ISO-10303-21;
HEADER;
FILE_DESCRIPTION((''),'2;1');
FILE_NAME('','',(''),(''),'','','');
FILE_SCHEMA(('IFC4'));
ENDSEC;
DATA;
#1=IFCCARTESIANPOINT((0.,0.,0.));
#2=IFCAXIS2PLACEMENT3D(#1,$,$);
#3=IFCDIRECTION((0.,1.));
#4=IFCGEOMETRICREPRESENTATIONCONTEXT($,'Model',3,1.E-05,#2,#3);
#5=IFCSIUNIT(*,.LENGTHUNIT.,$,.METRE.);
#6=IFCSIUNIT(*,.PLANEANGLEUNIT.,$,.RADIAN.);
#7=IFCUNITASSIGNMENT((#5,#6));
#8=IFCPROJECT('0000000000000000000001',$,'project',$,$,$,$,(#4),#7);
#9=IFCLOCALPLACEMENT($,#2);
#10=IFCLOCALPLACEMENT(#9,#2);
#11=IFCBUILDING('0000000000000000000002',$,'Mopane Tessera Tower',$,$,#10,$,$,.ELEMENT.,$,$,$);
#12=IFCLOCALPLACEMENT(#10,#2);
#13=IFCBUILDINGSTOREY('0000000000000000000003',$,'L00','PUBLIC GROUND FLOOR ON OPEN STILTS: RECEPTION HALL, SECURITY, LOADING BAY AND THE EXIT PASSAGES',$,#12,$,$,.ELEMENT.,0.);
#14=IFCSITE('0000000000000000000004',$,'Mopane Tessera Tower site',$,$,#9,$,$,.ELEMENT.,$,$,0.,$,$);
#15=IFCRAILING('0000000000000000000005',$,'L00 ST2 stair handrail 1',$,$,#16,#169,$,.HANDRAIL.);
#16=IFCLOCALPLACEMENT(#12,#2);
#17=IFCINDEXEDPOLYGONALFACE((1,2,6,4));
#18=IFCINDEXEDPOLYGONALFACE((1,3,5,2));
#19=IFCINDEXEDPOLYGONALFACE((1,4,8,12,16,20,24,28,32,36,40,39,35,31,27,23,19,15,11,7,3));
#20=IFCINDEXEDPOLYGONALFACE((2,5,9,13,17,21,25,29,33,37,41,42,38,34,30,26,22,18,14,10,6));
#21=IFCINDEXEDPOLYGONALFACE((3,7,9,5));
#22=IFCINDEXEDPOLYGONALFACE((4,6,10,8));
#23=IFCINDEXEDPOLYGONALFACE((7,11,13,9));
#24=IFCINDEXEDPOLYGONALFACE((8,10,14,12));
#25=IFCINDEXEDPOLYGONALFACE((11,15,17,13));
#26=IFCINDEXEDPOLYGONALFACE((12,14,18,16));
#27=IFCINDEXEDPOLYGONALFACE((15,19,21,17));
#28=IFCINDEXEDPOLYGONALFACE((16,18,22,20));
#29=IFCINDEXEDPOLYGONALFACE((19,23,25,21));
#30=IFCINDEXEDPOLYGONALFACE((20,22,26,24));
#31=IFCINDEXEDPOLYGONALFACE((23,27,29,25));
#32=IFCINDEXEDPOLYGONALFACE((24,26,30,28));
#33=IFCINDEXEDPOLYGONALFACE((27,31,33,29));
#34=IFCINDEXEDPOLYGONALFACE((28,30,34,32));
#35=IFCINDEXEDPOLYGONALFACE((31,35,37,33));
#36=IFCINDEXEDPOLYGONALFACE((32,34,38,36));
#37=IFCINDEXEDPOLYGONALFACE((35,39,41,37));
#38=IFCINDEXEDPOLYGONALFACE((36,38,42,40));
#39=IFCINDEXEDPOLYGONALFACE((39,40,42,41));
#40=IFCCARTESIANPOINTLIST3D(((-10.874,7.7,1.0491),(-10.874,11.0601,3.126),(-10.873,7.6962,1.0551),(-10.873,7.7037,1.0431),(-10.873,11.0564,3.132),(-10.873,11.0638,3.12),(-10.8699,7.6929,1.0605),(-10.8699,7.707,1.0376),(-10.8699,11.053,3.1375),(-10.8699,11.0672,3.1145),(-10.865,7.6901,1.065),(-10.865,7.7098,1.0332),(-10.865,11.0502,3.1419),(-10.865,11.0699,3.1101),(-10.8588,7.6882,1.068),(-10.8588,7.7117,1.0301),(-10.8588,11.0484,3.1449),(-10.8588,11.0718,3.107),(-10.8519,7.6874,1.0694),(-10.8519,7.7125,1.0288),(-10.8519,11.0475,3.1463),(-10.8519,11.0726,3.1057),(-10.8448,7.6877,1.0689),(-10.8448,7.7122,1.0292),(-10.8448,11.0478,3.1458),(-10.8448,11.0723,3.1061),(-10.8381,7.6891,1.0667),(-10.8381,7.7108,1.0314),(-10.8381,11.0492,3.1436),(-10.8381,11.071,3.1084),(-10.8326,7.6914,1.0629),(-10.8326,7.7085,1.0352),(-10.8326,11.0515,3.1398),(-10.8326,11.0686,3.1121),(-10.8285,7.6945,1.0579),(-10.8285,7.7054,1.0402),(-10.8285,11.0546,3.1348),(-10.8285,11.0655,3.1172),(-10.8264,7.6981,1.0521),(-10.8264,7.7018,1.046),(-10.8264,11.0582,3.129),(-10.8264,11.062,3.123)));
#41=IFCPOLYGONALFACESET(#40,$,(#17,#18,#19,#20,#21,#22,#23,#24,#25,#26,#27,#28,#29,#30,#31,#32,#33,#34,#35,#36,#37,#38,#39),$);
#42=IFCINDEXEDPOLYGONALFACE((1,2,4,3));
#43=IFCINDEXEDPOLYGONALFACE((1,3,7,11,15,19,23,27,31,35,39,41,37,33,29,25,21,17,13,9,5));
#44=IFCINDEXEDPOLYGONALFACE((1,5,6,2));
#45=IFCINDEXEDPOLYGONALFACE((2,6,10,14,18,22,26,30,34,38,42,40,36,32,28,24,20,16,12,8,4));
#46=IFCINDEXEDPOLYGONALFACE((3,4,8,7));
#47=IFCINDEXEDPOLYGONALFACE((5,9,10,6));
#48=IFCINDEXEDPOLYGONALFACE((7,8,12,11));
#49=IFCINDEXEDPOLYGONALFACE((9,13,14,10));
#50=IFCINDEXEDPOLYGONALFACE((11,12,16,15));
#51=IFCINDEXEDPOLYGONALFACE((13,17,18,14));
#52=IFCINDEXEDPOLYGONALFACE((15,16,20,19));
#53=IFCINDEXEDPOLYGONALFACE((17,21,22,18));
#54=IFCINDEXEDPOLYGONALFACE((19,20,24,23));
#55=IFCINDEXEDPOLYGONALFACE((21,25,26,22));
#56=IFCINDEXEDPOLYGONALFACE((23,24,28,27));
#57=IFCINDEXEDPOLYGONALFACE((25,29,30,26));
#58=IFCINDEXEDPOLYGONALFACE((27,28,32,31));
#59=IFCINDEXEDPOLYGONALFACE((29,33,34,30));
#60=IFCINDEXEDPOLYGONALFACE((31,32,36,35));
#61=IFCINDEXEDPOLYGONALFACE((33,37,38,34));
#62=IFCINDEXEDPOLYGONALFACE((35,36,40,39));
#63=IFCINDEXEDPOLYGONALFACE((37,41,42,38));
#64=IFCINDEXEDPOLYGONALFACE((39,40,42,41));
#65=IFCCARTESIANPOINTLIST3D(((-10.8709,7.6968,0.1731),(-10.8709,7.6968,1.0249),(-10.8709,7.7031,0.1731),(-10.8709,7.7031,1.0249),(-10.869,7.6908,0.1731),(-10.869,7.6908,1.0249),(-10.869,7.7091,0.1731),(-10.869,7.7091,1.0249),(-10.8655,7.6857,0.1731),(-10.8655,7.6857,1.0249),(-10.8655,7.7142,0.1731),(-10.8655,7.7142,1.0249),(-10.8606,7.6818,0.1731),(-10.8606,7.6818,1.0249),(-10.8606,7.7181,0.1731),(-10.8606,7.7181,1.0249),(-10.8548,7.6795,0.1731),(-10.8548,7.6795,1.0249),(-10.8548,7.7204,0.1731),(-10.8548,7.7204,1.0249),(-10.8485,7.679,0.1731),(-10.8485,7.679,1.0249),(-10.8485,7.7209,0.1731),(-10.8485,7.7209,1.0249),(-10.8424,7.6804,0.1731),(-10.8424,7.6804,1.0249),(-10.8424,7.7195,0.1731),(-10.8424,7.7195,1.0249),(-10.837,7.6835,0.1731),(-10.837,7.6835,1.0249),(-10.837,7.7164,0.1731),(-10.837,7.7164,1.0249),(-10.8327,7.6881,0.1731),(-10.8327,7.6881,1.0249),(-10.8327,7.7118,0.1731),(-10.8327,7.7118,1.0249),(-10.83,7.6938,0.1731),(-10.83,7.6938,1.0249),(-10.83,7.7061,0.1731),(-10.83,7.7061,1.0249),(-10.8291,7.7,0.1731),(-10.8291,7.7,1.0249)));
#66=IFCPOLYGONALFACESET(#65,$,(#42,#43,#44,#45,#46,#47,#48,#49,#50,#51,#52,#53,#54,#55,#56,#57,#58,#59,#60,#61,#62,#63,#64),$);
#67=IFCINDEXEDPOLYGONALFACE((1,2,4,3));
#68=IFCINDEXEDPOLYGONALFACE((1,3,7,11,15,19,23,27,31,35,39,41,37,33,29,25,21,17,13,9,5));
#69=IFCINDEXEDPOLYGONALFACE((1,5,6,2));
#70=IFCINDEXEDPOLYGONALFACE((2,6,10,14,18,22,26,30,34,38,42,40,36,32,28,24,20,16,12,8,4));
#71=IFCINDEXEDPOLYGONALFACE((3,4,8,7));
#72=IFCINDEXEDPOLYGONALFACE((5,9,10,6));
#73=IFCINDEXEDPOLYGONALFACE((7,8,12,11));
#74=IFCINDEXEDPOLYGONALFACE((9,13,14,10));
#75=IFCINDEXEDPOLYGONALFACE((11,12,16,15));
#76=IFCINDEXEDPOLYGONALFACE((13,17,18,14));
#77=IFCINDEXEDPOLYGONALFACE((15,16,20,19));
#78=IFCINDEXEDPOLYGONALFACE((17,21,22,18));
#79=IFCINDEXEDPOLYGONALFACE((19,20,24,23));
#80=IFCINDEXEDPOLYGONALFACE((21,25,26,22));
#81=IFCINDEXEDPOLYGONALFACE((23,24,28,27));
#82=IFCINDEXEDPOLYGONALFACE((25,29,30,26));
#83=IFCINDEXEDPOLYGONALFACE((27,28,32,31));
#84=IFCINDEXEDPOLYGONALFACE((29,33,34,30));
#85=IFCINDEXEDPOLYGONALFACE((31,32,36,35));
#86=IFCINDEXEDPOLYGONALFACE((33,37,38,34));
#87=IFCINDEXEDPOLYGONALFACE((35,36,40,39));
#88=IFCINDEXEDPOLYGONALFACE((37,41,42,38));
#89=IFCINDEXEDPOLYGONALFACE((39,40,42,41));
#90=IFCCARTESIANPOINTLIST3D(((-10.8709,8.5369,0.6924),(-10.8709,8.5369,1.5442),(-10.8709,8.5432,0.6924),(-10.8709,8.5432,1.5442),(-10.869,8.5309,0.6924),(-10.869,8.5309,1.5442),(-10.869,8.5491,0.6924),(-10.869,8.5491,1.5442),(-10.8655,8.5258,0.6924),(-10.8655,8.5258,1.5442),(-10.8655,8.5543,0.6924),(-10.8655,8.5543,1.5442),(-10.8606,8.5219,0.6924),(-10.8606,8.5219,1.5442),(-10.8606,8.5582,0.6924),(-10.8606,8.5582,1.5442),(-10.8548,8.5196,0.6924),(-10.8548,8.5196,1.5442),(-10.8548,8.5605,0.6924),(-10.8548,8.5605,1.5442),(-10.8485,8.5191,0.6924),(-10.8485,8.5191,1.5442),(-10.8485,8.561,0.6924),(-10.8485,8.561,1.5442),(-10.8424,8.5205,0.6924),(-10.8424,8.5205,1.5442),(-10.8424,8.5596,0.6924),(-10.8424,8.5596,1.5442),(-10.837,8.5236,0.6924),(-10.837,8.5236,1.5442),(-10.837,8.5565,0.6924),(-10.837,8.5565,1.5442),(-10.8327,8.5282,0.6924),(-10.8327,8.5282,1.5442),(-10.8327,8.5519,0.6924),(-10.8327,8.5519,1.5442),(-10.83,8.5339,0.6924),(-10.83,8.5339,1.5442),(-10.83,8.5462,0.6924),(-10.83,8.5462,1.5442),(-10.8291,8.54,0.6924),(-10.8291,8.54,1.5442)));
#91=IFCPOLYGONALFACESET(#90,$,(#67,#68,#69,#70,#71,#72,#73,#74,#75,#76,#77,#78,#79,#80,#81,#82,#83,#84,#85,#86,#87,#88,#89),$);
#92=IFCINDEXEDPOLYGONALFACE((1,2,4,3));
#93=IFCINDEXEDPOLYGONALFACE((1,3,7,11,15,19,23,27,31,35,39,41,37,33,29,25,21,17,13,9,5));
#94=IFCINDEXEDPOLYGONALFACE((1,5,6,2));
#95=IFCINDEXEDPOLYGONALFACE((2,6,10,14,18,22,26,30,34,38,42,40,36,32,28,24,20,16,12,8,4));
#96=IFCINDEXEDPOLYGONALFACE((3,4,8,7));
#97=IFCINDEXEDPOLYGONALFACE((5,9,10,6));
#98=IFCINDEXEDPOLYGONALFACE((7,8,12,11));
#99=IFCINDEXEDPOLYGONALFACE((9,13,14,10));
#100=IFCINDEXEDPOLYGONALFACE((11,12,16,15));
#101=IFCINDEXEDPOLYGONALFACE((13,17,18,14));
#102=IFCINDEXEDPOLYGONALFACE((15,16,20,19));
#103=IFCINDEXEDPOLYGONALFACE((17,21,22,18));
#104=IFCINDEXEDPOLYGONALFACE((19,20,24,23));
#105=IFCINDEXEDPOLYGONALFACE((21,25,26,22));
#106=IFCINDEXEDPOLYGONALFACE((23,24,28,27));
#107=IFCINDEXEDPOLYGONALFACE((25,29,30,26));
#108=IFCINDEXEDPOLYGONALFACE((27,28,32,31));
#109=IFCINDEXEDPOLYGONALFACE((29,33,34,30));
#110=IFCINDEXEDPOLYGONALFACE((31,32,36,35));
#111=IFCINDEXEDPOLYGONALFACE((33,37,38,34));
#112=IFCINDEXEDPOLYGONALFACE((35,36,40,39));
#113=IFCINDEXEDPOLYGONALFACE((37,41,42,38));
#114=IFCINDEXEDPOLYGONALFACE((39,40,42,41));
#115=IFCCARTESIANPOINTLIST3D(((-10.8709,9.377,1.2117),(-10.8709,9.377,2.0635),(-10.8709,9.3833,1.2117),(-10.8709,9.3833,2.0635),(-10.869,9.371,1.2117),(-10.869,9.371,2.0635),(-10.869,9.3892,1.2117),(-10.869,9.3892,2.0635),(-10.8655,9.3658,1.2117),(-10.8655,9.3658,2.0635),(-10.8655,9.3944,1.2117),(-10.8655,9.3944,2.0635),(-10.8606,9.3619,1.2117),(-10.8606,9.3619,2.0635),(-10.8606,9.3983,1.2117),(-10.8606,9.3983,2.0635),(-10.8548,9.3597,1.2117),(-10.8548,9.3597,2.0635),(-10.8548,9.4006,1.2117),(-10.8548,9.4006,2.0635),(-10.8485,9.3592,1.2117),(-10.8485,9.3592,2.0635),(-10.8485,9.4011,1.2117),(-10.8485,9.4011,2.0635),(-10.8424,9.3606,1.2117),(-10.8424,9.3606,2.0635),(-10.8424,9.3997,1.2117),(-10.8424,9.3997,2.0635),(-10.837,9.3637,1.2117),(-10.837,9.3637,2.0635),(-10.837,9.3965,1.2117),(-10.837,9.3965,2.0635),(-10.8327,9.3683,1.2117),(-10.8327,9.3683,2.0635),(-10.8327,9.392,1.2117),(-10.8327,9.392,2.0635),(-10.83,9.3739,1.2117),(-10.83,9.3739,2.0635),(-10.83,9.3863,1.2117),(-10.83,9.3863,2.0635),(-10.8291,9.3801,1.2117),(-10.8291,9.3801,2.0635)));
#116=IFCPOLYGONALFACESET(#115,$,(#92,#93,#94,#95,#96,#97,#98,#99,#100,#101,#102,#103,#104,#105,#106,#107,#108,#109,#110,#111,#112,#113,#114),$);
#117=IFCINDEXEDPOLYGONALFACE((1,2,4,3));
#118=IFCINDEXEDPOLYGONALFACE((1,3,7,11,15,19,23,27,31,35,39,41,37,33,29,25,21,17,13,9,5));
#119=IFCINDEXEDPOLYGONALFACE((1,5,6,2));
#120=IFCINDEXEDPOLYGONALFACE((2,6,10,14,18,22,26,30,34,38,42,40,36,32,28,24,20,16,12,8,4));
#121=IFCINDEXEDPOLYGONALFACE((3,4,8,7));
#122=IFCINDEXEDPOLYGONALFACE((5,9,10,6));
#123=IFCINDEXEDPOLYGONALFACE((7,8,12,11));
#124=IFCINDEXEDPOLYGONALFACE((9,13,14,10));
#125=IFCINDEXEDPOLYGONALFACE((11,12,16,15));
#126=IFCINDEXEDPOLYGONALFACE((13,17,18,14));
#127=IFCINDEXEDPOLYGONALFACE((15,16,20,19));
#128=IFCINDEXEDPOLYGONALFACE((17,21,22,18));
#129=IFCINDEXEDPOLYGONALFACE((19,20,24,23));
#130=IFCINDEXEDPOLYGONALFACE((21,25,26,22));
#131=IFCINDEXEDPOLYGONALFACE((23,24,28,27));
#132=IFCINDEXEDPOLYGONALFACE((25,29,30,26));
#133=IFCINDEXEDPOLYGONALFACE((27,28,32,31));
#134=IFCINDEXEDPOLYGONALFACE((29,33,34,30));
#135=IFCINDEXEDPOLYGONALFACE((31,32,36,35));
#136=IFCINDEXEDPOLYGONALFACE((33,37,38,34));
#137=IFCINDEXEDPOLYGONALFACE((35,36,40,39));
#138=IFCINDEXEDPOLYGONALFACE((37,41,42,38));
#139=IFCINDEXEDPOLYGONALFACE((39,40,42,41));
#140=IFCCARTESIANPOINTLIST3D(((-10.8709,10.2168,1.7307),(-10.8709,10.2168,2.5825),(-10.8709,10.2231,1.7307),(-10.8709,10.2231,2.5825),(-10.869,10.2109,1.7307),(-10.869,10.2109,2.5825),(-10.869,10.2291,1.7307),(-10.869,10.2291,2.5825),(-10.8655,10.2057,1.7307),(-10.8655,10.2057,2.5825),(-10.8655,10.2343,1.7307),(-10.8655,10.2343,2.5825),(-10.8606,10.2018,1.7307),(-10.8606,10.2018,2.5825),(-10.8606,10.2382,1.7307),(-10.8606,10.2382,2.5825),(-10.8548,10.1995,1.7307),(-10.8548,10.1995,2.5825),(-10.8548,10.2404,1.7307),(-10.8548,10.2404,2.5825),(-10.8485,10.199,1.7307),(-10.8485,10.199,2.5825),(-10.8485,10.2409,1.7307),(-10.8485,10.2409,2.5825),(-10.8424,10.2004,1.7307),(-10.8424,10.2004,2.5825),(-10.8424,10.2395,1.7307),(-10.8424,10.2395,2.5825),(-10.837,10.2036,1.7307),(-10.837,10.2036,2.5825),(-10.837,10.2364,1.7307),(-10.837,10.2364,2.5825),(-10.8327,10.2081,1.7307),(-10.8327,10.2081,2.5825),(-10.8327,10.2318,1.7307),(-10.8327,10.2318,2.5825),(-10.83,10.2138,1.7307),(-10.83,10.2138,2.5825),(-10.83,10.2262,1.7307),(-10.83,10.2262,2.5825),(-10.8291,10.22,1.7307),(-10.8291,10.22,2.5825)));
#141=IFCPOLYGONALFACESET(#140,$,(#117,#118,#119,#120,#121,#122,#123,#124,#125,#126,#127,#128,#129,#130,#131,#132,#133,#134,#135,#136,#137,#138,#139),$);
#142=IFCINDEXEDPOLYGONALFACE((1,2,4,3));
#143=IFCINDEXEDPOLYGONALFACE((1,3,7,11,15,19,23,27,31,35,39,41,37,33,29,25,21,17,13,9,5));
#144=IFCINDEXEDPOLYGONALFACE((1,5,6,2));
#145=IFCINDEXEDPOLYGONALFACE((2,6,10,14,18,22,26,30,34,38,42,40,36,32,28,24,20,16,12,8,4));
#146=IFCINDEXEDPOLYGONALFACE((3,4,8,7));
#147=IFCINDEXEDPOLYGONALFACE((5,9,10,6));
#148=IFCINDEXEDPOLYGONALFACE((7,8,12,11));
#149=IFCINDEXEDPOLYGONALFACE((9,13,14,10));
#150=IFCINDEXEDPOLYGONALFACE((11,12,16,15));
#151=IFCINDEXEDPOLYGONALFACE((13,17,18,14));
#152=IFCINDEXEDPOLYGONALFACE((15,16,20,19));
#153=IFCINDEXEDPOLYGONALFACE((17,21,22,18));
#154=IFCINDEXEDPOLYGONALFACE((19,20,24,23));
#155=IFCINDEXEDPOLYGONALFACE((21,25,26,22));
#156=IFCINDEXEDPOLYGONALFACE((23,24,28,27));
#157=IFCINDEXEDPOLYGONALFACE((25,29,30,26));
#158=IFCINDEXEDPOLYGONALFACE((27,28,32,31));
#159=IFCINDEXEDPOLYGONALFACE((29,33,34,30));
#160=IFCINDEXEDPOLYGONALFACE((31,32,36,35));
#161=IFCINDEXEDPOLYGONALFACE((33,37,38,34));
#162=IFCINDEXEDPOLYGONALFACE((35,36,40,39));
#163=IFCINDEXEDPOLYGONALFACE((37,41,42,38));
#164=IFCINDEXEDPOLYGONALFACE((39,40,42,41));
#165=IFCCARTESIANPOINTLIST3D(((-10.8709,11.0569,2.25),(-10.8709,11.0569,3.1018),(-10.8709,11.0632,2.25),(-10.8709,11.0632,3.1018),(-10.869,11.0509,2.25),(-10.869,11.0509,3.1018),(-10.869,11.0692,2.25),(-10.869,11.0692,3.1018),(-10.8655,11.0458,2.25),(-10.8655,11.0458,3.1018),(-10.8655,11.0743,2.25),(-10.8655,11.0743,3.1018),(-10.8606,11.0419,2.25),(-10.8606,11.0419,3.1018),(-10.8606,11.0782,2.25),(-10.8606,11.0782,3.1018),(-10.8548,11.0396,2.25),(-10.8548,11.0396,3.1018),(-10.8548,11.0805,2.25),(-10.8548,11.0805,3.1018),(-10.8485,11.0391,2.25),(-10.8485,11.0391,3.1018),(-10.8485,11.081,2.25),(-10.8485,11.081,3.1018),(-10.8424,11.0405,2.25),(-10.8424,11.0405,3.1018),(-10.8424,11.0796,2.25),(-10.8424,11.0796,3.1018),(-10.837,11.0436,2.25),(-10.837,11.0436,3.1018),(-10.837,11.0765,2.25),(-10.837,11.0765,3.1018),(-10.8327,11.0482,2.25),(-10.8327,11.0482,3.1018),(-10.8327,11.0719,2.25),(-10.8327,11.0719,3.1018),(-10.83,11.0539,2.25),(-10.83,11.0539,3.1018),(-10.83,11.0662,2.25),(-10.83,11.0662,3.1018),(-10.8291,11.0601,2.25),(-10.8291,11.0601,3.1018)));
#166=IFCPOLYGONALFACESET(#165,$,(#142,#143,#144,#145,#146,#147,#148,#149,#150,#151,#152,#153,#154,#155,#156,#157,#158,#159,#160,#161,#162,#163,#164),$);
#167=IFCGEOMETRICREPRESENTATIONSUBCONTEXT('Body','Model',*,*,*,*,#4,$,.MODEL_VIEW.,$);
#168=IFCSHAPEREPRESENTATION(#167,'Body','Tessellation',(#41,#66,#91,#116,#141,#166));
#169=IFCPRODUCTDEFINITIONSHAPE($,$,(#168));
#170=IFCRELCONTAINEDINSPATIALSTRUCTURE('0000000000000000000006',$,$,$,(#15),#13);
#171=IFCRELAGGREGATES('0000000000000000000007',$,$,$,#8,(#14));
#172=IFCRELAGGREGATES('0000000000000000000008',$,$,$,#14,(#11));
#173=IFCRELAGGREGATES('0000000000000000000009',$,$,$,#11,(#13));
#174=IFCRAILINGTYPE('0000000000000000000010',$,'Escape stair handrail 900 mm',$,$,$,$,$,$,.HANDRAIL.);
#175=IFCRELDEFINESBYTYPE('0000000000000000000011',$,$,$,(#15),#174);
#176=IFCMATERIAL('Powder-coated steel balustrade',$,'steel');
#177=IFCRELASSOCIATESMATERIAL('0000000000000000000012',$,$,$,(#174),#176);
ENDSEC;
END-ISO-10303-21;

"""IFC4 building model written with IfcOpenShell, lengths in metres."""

from ifc_helpers import new_model, si_unit, direction, frame, origin, origin_2d, place, context, subcontext, project, spatial, circle, extrude, material, type_object, element, save


model = new_model("IFC4")

# Units and contexts
model_context = context("Model", 3, precision=1e-05, world=origin(), true_north=direction((0.0, 1.0)))
body_context = subcontext(model_context, "Body", "Model", "MODEL_VIEW")
ifc_project = project(units=[si_unit("LENGTHUNIT", "METRE"), si_unit("PLANEANGLEUNIT", "RADIAN")], contexts=[model_context])

# Site, building, storey
site_placement = place(None, origin())
site = spatial("IfcSite", under=ifc_project, at=site_placement, Name="Mopane Tessera Tower site", CompositionType="ELEMENT", RefElevation=0.0)
building_placement = place(site_placement, origin())
building = spatial("IfcBuilding", under=site, at=building_placement, Name="Mopane Tessera Tower", CompositionType="ELEMENT")
storey_placement = place(building_placement, origin())
storey = spatial("IfcBuildingStorey", under=building, at=storey_placement, Name="L00", Description="PUBLIC GROUND FLOOR ON OPEN STILTS: RECEPTION HALL, SECURITY, LOADING BAY AND THE EXIT PASSAGES", CompositionType="ELEMENT", Elevation=0.0)

# Railing
ifc_material_1 = material(Name="Powder-coated steel balustrade", Category="steel")
railing_type_1 = type_object("IfcRailingType", Name="Escape stair handrail 900 mm", PredefinedType="HANDRAIL", material=ifc_material_1)
railing_1_placement = place(storey_placement, frame((-10.8501, 7.7, 0.1731)))
element("IfcRailing", 1, at=railing_1_placement, inside=storey, type_object=railing_type_1, Name="L00 ST2 stair handrail 1", PredefinedType="HANDRAIL", context=body_context, shape_type="SweptSolid", body=[
    extrude(circle(Radius=0.0239, at=origin_2d()), frame((0.0, 0.0, 0.876), z_axis=(0.0, 0.850623, 0.525776), x_axis=(-1.0, 0.0, 0.0)), (0.0, 0.0, 1.0), 3.9502),
    extrude(circle(Radius=0.021, at=origin_2d()), origin(), (0.0, 0.0, 1.0), 0.8518),
    extrude(circle(Radius=0.021, at=origin_2d()), frame((0.0, 0.8401, 0.5193)), (0.0, 0.0, 1.0), 0.8518),
    extrude(circle(Radius=0.021, at=origin_2d()), frame((0.0, 1.6802, 1.0386)), (0.0, 0.0, 1.0), 0.8518),
    extrude(circle(Radius=0.021, at=origin_2d()), frame((0.0, 2.52, 1.5576)), (0.0, 0.0, 1.0), 0.8518),
    extrude(circle(Radius=0.021, at=origin_2d()), frame((0.0, 3.3601, 2.0769)), (0.0, 0.0, 1.0), 0.8518),
])

save(model, "model.ifc")
